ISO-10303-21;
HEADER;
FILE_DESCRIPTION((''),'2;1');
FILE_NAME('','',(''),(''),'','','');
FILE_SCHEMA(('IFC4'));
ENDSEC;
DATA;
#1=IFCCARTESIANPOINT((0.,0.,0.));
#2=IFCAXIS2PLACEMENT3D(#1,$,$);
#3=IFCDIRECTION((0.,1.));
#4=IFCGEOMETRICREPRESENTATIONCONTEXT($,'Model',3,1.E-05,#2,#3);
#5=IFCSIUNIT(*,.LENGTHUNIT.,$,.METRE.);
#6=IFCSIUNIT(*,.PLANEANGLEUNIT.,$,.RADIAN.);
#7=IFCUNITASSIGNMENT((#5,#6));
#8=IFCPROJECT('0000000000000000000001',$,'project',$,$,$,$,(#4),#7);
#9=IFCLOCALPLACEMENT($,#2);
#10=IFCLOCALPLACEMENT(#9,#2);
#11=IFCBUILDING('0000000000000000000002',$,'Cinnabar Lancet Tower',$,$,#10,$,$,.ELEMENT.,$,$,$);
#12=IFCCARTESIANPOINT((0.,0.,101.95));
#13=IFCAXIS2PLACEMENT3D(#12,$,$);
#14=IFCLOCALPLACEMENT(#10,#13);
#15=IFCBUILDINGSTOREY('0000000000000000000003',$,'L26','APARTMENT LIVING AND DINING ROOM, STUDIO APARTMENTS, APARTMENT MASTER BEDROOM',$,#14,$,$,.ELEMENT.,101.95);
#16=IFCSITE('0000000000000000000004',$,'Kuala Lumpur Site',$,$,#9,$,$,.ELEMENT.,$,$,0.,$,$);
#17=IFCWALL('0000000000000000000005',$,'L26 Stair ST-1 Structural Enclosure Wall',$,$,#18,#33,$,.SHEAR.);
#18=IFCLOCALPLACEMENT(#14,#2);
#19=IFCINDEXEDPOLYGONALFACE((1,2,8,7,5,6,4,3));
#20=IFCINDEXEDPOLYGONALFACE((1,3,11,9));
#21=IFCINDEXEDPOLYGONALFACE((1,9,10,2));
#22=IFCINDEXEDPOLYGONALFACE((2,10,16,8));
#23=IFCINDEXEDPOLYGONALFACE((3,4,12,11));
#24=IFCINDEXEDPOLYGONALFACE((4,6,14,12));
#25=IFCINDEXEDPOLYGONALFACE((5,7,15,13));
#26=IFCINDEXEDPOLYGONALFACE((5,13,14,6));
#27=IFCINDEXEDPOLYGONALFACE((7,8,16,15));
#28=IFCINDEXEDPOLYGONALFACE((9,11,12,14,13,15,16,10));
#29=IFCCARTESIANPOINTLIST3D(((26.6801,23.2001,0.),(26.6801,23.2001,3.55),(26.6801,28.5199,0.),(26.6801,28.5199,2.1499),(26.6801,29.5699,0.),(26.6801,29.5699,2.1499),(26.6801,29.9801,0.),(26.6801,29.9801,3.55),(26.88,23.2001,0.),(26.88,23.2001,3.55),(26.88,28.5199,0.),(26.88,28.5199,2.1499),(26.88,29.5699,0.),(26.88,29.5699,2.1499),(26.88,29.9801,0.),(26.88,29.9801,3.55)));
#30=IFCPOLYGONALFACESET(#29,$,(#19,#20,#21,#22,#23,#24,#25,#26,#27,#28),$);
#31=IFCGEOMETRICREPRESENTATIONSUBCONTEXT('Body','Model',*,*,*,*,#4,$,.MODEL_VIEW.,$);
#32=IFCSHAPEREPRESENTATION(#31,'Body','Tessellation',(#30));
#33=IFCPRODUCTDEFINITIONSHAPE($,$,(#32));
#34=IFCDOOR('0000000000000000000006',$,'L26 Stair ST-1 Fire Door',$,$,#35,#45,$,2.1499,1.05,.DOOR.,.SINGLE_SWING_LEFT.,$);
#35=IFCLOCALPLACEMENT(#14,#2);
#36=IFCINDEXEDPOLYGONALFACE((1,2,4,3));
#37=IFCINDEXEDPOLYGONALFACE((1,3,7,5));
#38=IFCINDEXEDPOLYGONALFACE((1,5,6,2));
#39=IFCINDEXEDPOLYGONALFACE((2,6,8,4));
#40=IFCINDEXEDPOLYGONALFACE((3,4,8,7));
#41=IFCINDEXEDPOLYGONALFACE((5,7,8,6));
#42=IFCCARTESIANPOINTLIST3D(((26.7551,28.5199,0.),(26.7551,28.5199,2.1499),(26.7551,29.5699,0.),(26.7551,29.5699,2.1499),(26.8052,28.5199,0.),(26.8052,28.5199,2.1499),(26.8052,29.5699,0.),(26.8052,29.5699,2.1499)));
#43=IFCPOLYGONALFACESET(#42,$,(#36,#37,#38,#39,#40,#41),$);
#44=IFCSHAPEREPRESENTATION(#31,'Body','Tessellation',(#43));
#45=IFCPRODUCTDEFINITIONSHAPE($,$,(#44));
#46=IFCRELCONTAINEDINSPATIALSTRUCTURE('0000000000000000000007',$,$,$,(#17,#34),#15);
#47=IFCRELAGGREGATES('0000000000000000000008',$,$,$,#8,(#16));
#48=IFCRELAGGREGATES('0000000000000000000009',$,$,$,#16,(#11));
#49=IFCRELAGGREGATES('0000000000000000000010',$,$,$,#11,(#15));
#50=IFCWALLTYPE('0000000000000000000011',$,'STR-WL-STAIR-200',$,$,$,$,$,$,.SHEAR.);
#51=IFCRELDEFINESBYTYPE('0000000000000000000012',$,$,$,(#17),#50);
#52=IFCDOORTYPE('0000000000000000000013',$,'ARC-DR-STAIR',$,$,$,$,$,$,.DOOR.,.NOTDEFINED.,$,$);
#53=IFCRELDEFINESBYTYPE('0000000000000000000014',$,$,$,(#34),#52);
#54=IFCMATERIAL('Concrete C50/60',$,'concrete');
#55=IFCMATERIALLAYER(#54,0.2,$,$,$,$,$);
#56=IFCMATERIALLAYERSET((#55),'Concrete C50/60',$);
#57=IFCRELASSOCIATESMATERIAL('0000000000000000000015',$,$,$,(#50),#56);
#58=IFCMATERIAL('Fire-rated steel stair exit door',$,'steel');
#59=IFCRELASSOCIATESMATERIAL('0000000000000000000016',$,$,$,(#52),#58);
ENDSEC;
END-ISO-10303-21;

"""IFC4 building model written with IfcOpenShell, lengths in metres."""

from ifc_helpers import new_model, si_unit, direction, frame, frame_2d, origin, place, context, subcontext, project, spatial, rectangle, extrude, material, layer, layer_set, type_object, element, fill, save


model = new_model("IFC4")

# Units and contexts
model_context = context("Model", 3, precision=1e-05, world=origin(), true_north=direction((0.0, 1.0)))
body_context = subcontext(model_context, "Body", "Model", "MODEL_VIEW")
ifc_project = project(units=[si_unit("LENGTHUNIT", "METRE"), si_unit("PLANEANGLEUNIT", "RADIAN")], contexts=[model_context])

# Site, building, storey
site_placement = place(None, origin())
site = spatial("IfcSite", under=ifc_project, at=site_placement, Name="Kuala Lumpur Site", CompositionType="ELEMENT", RefElevation=0.0)
building_placement = place(site_placement, origin())
building = spatial("IfcBuilding", under=site, at=building_placement, Name="Cinnabar Lancet Tower", CompositionType="ELEMENT")
storey_placement = place(building_placement, frame((0.0, 0.0, 101.95)))
storey = spatial("IfcBuildingStorey", under=building, at=storey_placement, Name="L26", Description="APARTMENT LIVING AND DINING ROOM, STUDIO APARTMENTS, APARTMENT MASTER BEDROOM", CompositionType="ELEMENT", Elevation=101.95)

# Wall, opening, door
ifc_material_1 = material(Name="Concrete C50/60", Category="concrete")
ifc_layer_1 = layer(ifc_material_1, 0.2)
ifc_layer_set_1 = layer_set([ifc_layer_1], Name="Concrete C50/60")
wall_type_1 = type_object("IfcWallType", Name="STR-WL-STAIR-200", PredefinedType="SHEAR", material=ifc_layer_set_1)
wall_1_placement = place(storey_placement, frame((26.78, 23.2, 0.0), z_axis=(0.0, 0.0, 1.0), x_axis=(0.0, 1.0, 0.0)))
wall_1 = element("IfcWall", 1, at=wall_1_placement, inside=storey, type_object=wall_type_1, Name="L26 Stair ST-1 Structural Enclosure Wall", PredefinedType="SHEAR", context=body_context, shape_type="SweptSolid", body=[
    extrude(rectangle(XDim=6.78, YDim=0.2, at=frame_2d((3.3901, 0.0))), origin(), (0.0, 0.0, 1.0), 3.55),
])
opening_1_placement = place(wall_1_placement, frame((5.3201, 0.0, 0.0)))
opening_1 = element("IfcOpeningElement", 2, at=opening_1_placement, cuts=wall_1, PredefinedType="OPENING", context=body_context, shape_type="SweptSolid", body=[
    extrude(rectangle(XDim=1.05, YDim=2.1499, at=frame_2d((0.5249, 1.075))), frame((0.0, 0.1099, 0.0), z_axis=(0.0, -1.0, 0.0), x_axis=(1.0, 0.0, 0.0)), (0.0, 0.0, 1.0), 0.22),
])
ifc_material_2 = material(Name="Fire-rated steel stair exit door", Category="steel")
door_type_1 = type_object("IfcDoorType", Name="ARC-DR-STAIR", OperationType="NOTDEFINED", PredefinedType="DOOR", material=ifc_material_2)
door_1_placement = place(opening_1_placement, origin())
door_1 = element("IfcDoor", 3, at=door_1_placement, inside=storey, type_object=door_type_1, Name="L26 Stair ST-1 Fire Door", OperationType="SINGLE_SWING_LEFT", OverallHeight=2.1499, OverallWidth=1.05, PredefinedType="DOOR", context=body_context, shape_type="SweptSolid", body=[
    extrude(rectangle(XDim=1.05, YDim=2.1499, at=frame_2d((0.5249, 1.075))), frame((0.0, 0.0249, 0.0), z_axis=(0.0, -1.0, 0.0), x_axis=(1.0, 0.0, 0.0)), (0.0, 0.0, 1.0), 0.05),
])
fill(opening_1, door_1)

save(model, "model.ifc")
